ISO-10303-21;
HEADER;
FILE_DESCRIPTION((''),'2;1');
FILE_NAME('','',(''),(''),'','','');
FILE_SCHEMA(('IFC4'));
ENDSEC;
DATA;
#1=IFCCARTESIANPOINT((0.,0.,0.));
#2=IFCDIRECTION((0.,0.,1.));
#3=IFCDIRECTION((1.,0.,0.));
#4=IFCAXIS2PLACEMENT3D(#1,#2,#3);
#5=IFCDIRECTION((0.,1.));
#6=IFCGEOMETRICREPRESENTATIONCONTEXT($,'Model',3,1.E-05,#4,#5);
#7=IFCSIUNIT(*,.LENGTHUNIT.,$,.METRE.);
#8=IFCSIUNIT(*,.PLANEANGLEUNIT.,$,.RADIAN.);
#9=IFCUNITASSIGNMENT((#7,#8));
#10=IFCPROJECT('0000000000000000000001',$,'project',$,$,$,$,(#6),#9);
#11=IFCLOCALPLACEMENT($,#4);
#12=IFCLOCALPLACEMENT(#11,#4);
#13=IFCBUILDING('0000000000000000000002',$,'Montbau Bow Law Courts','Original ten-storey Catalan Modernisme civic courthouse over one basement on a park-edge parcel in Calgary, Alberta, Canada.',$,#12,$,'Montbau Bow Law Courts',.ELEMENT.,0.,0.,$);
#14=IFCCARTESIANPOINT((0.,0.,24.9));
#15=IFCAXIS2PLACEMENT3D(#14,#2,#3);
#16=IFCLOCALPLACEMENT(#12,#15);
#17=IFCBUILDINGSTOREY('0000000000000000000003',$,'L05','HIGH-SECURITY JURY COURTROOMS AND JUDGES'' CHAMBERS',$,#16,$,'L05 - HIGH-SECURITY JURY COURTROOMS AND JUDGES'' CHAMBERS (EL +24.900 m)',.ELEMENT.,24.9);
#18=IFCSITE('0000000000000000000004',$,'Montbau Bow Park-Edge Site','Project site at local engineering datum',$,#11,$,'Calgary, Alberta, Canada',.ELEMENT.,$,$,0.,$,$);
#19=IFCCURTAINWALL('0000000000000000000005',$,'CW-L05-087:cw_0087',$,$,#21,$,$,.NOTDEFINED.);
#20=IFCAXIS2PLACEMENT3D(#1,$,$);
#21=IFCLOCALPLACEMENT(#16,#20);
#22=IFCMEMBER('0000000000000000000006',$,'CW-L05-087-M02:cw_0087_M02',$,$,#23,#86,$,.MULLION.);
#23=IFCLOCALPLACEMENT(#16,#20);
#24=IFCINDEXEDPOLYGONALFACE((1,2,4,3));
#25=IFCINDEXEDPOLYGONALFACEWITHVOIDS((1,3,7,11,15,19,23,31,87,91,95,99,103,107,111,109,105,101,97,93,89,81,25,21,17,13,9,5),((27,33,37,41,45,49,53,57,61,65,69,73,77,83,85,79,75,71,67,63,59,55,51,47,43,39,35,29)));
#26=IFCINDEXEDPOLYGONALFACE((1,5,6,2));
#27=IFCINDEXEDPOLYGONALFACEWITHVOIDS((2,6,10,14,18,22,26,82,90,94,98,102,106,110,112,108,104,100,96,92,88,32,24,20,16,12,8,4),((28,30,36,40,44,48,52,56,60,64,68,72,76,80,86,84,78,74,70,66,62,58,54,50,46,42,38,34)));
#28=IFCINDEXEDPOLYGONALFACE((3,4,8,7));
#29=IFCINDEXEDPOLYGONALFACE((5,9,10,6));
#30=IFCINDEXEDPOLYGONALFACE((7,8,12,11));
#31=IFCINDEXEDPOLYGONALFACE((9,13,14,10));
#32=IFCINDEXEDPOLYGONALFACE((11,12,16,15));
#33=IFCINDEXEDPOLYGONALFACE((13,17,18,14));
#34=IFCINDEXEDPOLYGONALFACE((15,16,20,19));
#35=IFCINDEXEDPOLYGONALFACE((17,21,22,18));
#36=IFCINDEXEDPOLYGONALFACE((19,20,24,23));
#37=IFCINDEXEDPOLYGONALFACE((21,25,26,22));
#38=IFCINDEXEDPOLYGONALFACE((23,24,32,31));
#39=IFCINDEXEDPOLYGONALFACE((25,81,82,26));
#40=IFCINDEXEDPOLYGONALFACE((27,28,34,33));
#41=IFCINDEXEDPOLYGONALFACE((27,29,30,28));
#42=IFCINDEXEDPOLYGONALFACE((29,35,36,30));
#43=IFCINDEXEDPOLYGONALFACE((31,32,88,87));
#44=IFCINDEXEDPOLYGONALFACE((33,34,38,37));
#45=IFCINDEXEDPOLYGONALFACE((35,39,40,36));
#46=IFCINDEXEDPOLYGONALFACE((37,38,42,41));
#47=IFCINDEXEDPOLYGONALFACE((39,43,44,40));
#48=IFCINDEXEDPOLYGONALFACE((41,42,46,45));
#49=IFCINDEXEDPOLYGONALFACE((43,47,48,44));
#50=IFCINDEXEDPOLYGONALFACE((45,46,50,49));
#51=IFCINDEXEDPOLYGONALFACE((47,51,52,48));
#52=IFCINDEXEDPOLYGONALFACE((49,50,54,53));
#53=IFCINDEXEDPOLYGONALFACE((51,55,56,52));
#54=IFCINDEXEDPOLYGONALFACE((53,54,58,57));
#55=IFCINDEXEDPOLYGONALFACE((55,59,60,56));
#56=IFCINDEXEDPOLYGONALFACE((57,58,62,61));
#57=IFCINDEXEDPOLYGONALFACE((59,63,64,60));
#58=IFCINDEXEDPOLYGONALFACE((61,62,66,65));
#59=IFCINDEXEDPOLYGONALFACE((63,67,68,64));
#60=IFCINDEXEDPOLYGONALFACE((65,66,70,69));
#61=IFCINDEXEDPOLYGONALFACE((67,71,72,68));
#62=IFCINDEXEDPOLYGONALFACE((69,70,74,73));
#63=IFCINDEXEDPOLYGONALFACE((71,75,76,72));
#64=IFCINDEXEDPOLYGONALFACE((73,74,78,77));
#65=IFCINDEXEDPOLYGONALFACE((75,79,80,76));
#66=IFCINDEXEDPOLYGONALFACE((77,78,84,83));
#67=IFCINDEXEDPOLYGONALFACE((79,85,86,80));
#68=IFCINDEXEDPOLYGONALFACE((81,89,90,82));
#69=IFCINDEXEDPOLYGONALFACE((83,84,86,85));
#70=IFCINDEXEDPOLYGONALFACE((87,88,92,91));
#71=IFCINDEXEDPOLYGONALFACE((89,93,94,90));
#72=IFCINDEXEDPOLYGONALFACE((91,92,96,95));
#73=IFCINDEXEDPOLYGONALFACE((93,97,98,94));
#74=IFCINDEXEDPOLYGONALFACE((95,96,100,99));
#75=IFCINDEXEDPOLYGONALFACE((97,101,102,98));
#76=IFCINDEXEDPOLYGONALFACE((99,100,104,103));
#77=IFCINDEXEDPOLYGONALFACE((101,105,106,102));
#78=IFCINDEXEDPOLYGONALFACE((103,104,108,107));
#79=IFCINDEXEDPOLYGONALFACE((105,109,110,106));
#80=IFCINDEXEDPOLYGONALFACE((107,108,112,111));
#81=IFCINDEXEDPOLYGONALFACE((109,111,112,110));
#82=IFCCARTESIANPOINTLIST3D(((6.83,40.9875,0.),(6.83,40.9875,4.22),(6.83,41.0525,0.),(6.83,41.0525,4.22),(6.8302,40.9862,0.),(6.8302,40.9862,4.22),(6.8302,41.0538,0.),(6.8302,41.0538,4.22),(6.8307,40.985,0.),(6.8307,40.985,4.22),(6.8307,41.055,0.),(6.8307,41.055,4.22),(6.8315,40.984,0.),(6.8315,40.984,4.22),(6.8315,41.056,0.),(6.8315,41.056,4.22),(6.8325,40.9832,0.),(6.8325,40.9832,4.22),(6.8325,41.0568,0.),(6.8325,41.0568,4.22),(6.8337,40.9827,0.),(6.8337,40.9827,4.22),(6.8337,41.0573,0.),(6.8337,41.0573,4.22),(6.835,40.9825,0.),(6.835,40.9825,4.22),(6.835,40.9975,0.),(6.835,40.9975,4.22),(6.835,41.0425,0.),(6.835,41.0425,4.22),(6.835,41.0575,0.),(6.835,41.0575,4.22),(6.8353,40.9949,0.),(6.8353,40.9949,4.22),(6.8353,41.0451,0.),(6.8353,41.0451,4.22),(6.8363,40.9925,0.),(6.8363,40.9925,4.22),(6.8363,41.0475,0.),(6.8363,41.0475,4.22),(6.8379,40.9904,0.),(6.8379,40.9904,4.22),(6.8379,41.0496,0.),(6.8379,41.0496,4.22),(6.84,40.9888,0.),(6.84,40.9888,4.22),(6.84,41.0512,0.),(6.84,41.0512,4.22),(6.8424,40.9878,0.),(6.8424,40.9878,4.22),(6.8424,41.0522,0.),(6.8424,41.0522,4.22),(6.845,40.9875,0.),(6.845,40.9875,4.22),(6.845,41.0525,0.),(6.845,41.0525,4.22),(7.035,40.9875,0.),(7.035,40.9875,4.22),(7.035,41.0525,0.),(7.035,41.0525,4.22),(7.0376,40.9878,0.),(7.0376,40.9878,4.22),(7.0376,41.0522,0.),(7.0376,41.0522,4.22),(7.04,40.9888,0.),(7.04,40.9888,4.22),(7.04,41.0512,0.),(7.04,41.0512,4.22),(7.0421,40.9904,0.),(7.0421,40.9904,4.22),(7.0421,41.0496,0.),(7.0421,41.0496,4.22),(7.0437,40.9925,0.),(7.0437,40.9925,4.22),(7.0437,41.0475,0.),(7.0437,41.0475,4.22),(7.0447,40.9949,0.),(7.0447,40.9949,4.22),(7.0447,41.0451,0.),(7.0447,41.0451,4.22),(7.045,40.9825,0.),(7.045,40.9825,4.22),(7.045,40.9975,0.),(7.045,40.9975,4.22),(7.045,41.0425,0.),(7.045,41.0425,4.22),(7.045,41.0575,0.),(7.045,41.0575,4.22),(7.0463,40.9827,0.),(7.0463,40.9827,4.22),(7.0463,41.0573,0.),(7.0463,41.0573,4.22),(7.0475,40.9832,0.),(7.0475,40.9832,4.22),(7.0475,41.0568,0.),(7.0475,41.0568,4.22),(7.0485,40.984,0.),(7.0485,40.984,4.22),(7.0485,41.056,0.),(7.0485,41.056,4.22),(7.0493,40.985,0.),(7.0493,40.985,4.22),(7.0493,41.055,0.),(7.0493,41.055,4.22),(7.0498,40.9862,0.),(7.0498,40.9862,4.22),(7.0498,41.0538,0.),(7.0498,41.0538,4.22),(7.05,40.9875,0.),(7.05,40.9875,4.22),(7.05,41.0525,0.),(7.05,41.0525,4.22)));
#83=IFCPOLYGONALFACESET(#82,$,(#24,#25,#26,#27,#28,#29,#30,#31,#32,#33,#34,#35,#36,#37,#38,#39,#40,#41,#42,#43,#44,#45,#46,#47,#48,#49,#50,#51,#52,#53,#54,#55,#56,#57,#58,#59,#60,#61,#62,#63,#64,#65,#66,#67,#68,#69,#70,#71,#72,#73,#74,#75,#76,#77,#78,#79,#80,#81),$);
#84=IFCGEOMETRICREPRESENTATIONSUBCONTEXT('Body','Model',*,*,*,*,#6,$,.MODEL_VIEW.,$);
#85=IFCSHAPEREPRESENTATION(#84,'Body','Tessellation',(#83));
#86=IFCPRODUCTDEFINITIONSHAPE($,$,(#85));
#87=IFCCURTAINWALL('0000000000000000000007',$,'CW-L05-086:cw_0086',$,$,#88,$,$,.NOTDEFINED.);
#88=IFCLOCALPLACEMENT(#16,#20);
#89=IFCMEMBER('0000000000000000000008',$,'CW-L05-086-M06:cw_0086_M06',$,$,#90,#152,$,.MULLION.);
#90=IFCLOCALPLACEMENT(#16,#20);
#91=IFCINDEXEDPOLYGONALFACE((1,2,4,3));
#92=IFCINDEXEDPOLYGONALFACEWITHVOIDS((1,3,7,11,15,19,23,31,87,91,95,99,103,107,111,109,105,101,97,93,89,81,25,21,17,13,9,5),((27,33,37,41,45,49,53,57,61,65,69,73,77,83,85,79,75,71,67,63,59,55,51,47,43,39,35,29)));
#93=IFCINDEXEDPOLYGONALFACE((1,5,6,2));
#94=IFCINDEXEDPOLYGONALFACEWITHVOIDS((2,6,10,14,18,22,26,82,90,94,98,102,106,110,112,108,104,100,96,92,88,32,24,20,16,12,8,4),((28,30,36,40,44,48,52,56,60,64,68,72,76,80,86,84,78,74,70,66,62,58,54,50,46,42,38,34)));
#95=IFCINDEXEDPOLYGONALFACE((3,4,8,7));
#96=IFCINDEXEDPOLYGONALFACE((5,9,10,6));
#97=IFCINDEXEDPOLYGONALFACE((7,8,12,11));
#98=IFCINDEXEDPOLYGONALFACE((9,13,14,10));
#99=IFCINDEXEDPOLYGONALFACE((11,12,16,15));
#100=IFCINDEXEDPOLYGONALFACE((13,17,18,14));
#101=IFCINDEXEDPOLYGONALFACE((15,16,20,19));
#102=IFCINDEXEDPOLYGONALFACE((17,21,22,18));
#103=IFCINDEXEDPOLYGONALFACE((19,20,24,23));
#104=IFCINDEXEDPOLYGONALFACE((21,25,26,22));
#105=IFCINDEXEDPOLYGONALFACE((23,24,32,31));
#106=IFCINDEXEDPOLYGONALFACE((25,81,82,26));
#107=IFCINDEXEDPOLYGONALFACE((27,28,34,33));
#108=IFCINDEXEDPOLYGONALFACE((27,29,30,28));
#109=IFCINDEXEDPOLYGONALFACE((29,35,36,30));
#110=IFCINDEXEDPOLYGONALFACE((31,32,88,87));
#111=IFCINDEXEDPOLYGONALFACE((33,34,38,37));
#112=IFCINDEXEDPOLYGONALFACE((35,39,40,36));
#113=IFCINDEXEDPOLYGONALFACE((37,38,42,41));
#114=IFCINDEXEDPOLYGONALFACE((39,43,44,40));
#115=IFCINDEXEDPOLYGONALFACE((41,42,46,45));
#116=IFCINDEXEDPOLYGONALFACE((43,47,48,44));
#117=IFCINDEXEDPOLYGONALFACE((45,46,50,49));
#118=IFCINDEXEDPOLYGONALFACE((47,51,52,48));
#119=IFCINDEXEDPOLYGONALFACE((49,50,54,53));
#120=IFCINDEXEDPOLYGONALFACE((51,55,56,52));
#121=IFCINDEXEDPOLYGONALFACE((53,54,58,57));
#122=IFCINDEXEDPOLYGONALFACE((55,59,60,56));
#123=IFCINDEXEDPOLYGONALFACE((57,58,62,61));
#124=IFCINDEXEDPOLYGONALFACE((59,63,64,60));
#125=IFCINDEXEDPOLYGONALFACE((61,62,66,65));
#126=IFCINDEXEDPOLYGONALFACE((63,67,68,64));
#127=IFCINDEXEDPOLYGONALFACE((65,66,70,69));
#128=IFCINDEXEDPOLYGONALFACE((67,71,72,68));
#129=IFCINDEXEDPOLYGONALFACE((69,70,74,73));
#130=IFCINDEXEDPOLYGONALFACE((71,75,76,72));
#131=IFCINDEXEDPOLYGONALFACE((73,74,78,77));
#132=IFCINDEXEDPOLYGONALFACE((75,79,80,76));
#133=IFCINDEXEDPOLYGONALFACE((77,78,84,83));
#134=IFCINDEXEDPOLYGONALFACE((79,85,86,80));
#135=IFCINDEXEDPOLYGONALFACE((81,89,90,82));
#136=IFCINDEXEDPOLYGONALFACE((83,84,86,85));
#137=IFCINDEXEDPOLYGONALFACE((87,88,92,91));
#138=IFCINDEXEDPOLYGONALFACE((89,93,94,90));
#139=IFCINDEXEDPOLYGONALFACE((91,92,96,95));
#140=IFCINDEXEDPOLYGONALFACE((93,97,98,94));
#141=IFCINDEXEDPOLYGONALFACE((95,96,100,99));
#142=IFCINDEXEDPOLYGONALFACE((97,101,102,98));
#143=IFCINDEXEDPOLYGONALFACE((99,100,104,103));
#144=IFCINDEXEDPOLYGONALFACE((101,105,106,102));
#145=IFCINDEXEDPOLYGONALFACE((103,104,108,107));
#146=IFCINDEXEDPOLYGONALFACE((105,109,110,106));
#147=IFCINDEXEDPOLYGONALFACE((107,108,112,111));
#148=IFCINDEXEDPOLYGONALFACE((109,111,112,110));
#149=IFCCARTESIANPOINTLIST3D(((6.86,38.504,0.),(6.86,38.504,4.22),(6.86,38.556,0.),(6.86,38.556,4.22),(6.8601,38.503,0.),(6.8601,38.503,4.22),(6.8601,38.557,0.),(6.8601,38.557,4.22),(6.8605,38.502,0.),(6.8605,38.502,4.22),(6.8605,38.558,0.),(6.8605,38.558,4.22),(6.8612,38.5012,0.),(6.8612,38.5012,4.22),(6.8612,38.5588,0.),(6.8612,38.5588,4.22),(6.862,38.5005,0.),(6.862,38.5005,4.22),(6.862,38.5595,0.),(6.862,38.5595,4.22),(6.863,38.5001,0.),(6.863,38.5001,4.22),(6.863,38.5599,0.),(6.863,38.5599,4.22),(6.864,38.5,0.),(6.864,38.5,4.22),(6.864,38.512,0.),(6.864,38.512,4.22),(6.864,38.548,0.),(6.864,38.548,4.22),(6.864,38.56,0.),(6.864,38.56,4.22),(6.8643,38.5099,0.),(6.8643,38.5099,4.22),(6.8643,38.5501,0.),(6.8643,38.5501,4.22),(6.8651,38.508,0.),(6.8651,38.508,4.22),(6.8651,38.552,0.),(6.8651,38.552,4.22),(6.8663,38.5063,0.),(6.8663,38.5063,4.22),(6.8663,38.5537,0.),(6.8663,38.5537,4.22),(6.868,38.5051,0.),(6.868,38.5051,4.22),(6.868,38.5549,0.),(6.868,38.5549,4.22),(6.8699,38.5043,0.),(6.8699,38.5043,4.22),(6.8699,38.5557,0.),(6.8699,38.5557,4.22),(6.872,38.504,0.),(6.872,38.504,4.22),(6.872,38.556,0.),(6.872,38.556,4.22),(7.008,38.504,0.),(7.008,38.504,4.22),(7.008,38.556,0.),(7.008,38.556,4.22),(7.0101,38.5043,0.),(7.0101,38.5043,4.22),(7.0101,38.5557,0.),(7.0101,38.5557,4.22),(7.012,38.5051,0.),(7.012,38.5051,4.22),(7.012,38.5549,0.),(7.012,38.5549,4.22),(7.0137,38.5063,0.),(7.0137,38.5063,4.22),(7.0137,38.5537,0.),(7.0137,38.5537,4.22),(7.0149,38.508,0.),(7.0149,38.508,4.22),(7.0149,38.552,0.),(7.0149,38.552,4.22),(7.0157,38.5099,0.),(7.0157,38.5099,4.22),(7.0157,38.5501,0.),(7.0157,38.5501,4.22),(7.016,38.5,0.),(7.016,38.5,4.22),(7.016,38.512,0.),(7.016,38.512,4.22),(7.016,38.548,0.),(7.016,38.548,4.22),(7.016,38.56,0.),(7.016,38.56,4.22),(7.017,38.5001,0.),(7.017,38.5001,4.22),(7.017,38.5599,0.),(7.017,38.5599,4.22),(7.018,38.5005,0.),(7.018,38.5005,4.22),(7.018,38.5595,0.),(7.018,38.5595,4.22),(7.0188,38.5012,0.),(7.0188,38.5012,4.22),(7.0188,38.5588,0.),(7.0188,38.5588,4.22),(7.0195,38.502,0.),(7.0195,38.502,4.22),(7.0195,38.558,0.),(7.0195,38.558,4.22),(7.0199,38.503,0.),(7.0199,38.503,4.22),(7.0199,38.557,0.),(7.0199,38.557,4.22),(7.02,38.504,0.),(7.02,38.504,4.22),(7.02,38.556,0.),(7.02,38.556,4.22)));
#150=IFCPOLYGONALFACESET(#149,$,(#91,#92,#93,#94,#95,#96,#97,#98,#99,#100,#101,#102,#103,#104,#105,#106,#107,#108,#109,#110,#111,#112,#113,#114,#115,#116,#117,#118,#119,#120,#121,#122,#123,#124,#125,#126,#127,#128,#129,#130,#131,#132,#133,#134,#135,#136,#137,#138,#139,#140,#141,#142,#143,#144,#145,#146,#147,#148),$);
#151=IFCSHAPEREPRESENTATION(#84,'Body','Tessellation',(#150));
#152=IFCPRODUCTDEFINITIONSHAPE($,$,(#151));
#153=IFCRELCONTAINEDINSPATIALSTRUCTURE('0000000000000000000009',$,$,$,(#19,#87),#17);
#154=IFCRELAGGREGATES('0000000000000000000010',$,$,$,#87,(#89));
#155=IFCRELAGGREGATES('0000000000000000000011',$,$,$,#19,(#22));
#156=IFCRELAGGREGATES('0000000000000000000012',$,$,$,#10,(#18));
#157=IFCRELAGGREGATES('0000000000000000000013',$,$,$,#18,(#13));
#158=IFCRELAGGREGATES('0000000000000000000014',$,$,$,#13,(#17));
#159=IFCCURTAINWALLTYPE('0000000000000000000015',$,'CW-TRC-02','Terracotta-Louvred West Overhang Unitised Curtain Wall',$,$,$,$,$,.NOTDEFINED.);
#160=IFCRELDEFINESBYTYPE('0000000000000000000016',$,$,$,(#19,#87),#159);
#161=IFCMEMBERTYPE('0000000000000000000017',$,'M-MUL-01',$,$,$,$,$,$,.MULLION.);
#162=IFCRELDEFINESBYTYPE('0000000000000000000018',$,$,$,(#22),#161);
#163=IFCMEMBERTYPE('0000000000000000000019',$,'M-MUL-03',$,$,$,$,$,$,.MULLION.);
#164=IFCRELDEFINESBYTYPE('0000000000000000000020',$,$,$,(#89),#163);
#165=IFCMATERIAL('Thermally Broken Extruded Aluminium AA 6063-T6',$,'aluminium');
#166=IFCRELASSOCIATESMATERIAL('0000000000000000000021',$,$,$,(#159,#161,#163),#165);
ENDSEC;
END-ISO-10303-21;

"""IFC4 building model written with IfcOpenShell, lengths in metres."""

from ifc_helpers import new_model, si_unit, direction, frame, origin_with_axes, origin_2d_with_axis, place, context, subcontext, project, spatial, hollow_rectangle, extrude, material, material_profile, profile_set, type_object, element, aggregate, save


model = new_model("IFC4")

# Units and contexts
model_context = context("Model", 3, precision=1e-05, world=origin_with_axes(), true_north=direction((0.0, 1.0)))
body_context = subcontext(model_context, "Body", "Model", "MODEL_VIEW")
ifc_project = project(units=[si_unit("LENGTHUNIT", "METRE"), si_unit("PLANEANGLEUNIT", "RADIAN")], contexts=[model_context])

# Site, building, storey
site_placement = place(None, origin_with_axes())
site = spatial("IfcSite", under=ifc_project, at=site_placement, Name="Montbau Bow Park-Edge Site", Description="Project site at local engineering datum", LongName="Calgary, Alberta, Canada", CompositionType="ELEMENT", RefElevation=0.0)
building_placement = place(site_placement, origin_with_axes())
building = spatial("IfcBuilding", under=site, at=building_placement, Name="Montbau Bow Law Courts", Description="Original ten-storey Catalan Modernisme civic courthouse over one basement on a park-edge parcel in Calgary, Alberta, Canada.", LongName="Montbau Bow Law Courts", CompositionType="ELEMENT", ElevationOfRefHeight=0.0, ElevationOfTerrain=0.0)
storey_placement = place(building_placement, frame((0.0, 0.0, 24.9), z_axis=(0.0, 0.0, 1.0), x_axis=(1.0, 0.0, 0.0)))
storey = spatial("IfcBuildingStorey", under=building, at=storey_placement, Name="L05", Description="HIGH-SECURITY JURY COURTROOMS AND JUDGES' CHAMBERS", LongName="L05 - HIGH-SECURITY JURY COURTROOMS AND JUDGES' CHAMBERS (EL +24.900 m)", CompositionType="ELEMENT", Elevation=24.9)

# Curtain wall, member
ifc_material_1 = material(Name="Thermally Broken Extruded Aluminium AA 6063-T6", Category="aluminium")
curtain_wall_type = type_object("IfcCurtainWallType", Name="CW-TRC-02", Description="Terracotta-Louvred West Overhang Unitised Curtain Wall", PredefinedType="NOTDEFINED", material=ifc_material_1)
curtain_wall_1_placement = place(None, frame((6.94, 39.44, 24.9), z_axis=(0.0, 0.0, 1.0), x_axis=(1.0, 0.0, 0.0)))
curtain_wall_1 = element("IfcCurtainWall", 1, at=curtain_wall_1_placement, inside=storey, type_object=curtain_wall_type, Name="CW-L05-087:cw_0087", PredefinedType="NOTDEFINED")
ifc_material_profile_1 = material_profile(ifc_material_1, hollow_rectangle(XDim=0.075, YDim=0.22, WallThickness=0.005, InnerFilletRadius=0.01, OuterFilletRadius=0.005, at=origin_2d_with_axis()), Name="CWM-220X75", Category="Main", Priority=0)
ifc_profile_set_1 = profile_set([ifc_material_profile_1], Name="Thermally Broken Extruded Aluminium AA 6063-T6")
member_type_1 = type_object("IfcMemberType", Name="M-MUL-01", PredefinedType="MULLION", material=ifc_profile_set_1)
member_1_placement = place(None, frame((6.94, 41.02, 24.9), z_axis=(0.0, 0.0, 1.0), x_axis=(0.0, 1.0, 0.0)))
member_1 = element("IfcMember", 2, at=member_1_placement, type_object=member_type_1, Name="CW-L05-087-M02:cw_0087_M02", PredefinedType="MULLION", context=body_context, shape_type="SweptSolid", body=[
    extrude(hollow_rectangle(XDim=0.075, YDim=0.22, WallThickness=0.005, InnerFilletRadius=0.01, OuterFilletRadius=0.005, at=origin_2d_with_axis()), origin_with_axes(), (0.0, 0.0, 1.0), 4.22),
])

# Curtain wall, member
curtain_wall_2_placement = place(None, frame((6.94, 31.04, 24.9), z_axis=(0.0, 0.0, 1.0), x_axis=(1.0, 0.0, 0.0)))
curtain_wall_2 = element("IfcCurtainWall", 3, at=curtain_wall_2_placement, inside=storey, type_object=curtain_wall_type, Name="CW-L05-086:cw_0086", PredefinedType="NOTDEFINED")
ifc_material_profile_2 = material_profile(ifc_material_1, hollow_rectangle(XDim=0.06, YDim=0.16, WallThickness=0.004, InnerFilletRadius=0.008, OuterFilletRadius=0.004, at=origin_2d_with_axis()), Name="CWM-160X60", Category="Main", Priority=0)
ifc_profile_set_2 = profile_set([ifc_material_profile_2], Name="Thermally Broken Extruded Aluminium AA 6063-T6")
member_type_2 = type_object("IfcMemberType", Name="M-MUL-03", PredefinedType="MULLION", material=ifc_profile_set_2)
member_2_placement = place(None, frame((6.94, 38.53, 24.9), z_axis=(0.0, 0.0, 1.0), x_axis=(0.0, 1.0, 0.0)))
member_2 = element("IfcMember", 4, at=member_2_placement, type_object=member_type_2, Name="CW-L05-086-M06:cw_0086_M06", PredefinedType="MULLION", context=body_context, shape_type="SweptSolid", body=[
    extrude(hollow_rectangle(XDim=0.06, YDim=0.16, WallThickness=0.004, InnerFilletRadius=0.008, OuterFilletRadius=0.004, at=origin_2d_with_axis()), origin_with_axes(), (0.0, 0.0, 1.0), 4.22),
])
aggregate(curtain_wall_2, [member_2])

aggregate(curtain_wall_1, [member_1])

save(model, "model.ifc")
